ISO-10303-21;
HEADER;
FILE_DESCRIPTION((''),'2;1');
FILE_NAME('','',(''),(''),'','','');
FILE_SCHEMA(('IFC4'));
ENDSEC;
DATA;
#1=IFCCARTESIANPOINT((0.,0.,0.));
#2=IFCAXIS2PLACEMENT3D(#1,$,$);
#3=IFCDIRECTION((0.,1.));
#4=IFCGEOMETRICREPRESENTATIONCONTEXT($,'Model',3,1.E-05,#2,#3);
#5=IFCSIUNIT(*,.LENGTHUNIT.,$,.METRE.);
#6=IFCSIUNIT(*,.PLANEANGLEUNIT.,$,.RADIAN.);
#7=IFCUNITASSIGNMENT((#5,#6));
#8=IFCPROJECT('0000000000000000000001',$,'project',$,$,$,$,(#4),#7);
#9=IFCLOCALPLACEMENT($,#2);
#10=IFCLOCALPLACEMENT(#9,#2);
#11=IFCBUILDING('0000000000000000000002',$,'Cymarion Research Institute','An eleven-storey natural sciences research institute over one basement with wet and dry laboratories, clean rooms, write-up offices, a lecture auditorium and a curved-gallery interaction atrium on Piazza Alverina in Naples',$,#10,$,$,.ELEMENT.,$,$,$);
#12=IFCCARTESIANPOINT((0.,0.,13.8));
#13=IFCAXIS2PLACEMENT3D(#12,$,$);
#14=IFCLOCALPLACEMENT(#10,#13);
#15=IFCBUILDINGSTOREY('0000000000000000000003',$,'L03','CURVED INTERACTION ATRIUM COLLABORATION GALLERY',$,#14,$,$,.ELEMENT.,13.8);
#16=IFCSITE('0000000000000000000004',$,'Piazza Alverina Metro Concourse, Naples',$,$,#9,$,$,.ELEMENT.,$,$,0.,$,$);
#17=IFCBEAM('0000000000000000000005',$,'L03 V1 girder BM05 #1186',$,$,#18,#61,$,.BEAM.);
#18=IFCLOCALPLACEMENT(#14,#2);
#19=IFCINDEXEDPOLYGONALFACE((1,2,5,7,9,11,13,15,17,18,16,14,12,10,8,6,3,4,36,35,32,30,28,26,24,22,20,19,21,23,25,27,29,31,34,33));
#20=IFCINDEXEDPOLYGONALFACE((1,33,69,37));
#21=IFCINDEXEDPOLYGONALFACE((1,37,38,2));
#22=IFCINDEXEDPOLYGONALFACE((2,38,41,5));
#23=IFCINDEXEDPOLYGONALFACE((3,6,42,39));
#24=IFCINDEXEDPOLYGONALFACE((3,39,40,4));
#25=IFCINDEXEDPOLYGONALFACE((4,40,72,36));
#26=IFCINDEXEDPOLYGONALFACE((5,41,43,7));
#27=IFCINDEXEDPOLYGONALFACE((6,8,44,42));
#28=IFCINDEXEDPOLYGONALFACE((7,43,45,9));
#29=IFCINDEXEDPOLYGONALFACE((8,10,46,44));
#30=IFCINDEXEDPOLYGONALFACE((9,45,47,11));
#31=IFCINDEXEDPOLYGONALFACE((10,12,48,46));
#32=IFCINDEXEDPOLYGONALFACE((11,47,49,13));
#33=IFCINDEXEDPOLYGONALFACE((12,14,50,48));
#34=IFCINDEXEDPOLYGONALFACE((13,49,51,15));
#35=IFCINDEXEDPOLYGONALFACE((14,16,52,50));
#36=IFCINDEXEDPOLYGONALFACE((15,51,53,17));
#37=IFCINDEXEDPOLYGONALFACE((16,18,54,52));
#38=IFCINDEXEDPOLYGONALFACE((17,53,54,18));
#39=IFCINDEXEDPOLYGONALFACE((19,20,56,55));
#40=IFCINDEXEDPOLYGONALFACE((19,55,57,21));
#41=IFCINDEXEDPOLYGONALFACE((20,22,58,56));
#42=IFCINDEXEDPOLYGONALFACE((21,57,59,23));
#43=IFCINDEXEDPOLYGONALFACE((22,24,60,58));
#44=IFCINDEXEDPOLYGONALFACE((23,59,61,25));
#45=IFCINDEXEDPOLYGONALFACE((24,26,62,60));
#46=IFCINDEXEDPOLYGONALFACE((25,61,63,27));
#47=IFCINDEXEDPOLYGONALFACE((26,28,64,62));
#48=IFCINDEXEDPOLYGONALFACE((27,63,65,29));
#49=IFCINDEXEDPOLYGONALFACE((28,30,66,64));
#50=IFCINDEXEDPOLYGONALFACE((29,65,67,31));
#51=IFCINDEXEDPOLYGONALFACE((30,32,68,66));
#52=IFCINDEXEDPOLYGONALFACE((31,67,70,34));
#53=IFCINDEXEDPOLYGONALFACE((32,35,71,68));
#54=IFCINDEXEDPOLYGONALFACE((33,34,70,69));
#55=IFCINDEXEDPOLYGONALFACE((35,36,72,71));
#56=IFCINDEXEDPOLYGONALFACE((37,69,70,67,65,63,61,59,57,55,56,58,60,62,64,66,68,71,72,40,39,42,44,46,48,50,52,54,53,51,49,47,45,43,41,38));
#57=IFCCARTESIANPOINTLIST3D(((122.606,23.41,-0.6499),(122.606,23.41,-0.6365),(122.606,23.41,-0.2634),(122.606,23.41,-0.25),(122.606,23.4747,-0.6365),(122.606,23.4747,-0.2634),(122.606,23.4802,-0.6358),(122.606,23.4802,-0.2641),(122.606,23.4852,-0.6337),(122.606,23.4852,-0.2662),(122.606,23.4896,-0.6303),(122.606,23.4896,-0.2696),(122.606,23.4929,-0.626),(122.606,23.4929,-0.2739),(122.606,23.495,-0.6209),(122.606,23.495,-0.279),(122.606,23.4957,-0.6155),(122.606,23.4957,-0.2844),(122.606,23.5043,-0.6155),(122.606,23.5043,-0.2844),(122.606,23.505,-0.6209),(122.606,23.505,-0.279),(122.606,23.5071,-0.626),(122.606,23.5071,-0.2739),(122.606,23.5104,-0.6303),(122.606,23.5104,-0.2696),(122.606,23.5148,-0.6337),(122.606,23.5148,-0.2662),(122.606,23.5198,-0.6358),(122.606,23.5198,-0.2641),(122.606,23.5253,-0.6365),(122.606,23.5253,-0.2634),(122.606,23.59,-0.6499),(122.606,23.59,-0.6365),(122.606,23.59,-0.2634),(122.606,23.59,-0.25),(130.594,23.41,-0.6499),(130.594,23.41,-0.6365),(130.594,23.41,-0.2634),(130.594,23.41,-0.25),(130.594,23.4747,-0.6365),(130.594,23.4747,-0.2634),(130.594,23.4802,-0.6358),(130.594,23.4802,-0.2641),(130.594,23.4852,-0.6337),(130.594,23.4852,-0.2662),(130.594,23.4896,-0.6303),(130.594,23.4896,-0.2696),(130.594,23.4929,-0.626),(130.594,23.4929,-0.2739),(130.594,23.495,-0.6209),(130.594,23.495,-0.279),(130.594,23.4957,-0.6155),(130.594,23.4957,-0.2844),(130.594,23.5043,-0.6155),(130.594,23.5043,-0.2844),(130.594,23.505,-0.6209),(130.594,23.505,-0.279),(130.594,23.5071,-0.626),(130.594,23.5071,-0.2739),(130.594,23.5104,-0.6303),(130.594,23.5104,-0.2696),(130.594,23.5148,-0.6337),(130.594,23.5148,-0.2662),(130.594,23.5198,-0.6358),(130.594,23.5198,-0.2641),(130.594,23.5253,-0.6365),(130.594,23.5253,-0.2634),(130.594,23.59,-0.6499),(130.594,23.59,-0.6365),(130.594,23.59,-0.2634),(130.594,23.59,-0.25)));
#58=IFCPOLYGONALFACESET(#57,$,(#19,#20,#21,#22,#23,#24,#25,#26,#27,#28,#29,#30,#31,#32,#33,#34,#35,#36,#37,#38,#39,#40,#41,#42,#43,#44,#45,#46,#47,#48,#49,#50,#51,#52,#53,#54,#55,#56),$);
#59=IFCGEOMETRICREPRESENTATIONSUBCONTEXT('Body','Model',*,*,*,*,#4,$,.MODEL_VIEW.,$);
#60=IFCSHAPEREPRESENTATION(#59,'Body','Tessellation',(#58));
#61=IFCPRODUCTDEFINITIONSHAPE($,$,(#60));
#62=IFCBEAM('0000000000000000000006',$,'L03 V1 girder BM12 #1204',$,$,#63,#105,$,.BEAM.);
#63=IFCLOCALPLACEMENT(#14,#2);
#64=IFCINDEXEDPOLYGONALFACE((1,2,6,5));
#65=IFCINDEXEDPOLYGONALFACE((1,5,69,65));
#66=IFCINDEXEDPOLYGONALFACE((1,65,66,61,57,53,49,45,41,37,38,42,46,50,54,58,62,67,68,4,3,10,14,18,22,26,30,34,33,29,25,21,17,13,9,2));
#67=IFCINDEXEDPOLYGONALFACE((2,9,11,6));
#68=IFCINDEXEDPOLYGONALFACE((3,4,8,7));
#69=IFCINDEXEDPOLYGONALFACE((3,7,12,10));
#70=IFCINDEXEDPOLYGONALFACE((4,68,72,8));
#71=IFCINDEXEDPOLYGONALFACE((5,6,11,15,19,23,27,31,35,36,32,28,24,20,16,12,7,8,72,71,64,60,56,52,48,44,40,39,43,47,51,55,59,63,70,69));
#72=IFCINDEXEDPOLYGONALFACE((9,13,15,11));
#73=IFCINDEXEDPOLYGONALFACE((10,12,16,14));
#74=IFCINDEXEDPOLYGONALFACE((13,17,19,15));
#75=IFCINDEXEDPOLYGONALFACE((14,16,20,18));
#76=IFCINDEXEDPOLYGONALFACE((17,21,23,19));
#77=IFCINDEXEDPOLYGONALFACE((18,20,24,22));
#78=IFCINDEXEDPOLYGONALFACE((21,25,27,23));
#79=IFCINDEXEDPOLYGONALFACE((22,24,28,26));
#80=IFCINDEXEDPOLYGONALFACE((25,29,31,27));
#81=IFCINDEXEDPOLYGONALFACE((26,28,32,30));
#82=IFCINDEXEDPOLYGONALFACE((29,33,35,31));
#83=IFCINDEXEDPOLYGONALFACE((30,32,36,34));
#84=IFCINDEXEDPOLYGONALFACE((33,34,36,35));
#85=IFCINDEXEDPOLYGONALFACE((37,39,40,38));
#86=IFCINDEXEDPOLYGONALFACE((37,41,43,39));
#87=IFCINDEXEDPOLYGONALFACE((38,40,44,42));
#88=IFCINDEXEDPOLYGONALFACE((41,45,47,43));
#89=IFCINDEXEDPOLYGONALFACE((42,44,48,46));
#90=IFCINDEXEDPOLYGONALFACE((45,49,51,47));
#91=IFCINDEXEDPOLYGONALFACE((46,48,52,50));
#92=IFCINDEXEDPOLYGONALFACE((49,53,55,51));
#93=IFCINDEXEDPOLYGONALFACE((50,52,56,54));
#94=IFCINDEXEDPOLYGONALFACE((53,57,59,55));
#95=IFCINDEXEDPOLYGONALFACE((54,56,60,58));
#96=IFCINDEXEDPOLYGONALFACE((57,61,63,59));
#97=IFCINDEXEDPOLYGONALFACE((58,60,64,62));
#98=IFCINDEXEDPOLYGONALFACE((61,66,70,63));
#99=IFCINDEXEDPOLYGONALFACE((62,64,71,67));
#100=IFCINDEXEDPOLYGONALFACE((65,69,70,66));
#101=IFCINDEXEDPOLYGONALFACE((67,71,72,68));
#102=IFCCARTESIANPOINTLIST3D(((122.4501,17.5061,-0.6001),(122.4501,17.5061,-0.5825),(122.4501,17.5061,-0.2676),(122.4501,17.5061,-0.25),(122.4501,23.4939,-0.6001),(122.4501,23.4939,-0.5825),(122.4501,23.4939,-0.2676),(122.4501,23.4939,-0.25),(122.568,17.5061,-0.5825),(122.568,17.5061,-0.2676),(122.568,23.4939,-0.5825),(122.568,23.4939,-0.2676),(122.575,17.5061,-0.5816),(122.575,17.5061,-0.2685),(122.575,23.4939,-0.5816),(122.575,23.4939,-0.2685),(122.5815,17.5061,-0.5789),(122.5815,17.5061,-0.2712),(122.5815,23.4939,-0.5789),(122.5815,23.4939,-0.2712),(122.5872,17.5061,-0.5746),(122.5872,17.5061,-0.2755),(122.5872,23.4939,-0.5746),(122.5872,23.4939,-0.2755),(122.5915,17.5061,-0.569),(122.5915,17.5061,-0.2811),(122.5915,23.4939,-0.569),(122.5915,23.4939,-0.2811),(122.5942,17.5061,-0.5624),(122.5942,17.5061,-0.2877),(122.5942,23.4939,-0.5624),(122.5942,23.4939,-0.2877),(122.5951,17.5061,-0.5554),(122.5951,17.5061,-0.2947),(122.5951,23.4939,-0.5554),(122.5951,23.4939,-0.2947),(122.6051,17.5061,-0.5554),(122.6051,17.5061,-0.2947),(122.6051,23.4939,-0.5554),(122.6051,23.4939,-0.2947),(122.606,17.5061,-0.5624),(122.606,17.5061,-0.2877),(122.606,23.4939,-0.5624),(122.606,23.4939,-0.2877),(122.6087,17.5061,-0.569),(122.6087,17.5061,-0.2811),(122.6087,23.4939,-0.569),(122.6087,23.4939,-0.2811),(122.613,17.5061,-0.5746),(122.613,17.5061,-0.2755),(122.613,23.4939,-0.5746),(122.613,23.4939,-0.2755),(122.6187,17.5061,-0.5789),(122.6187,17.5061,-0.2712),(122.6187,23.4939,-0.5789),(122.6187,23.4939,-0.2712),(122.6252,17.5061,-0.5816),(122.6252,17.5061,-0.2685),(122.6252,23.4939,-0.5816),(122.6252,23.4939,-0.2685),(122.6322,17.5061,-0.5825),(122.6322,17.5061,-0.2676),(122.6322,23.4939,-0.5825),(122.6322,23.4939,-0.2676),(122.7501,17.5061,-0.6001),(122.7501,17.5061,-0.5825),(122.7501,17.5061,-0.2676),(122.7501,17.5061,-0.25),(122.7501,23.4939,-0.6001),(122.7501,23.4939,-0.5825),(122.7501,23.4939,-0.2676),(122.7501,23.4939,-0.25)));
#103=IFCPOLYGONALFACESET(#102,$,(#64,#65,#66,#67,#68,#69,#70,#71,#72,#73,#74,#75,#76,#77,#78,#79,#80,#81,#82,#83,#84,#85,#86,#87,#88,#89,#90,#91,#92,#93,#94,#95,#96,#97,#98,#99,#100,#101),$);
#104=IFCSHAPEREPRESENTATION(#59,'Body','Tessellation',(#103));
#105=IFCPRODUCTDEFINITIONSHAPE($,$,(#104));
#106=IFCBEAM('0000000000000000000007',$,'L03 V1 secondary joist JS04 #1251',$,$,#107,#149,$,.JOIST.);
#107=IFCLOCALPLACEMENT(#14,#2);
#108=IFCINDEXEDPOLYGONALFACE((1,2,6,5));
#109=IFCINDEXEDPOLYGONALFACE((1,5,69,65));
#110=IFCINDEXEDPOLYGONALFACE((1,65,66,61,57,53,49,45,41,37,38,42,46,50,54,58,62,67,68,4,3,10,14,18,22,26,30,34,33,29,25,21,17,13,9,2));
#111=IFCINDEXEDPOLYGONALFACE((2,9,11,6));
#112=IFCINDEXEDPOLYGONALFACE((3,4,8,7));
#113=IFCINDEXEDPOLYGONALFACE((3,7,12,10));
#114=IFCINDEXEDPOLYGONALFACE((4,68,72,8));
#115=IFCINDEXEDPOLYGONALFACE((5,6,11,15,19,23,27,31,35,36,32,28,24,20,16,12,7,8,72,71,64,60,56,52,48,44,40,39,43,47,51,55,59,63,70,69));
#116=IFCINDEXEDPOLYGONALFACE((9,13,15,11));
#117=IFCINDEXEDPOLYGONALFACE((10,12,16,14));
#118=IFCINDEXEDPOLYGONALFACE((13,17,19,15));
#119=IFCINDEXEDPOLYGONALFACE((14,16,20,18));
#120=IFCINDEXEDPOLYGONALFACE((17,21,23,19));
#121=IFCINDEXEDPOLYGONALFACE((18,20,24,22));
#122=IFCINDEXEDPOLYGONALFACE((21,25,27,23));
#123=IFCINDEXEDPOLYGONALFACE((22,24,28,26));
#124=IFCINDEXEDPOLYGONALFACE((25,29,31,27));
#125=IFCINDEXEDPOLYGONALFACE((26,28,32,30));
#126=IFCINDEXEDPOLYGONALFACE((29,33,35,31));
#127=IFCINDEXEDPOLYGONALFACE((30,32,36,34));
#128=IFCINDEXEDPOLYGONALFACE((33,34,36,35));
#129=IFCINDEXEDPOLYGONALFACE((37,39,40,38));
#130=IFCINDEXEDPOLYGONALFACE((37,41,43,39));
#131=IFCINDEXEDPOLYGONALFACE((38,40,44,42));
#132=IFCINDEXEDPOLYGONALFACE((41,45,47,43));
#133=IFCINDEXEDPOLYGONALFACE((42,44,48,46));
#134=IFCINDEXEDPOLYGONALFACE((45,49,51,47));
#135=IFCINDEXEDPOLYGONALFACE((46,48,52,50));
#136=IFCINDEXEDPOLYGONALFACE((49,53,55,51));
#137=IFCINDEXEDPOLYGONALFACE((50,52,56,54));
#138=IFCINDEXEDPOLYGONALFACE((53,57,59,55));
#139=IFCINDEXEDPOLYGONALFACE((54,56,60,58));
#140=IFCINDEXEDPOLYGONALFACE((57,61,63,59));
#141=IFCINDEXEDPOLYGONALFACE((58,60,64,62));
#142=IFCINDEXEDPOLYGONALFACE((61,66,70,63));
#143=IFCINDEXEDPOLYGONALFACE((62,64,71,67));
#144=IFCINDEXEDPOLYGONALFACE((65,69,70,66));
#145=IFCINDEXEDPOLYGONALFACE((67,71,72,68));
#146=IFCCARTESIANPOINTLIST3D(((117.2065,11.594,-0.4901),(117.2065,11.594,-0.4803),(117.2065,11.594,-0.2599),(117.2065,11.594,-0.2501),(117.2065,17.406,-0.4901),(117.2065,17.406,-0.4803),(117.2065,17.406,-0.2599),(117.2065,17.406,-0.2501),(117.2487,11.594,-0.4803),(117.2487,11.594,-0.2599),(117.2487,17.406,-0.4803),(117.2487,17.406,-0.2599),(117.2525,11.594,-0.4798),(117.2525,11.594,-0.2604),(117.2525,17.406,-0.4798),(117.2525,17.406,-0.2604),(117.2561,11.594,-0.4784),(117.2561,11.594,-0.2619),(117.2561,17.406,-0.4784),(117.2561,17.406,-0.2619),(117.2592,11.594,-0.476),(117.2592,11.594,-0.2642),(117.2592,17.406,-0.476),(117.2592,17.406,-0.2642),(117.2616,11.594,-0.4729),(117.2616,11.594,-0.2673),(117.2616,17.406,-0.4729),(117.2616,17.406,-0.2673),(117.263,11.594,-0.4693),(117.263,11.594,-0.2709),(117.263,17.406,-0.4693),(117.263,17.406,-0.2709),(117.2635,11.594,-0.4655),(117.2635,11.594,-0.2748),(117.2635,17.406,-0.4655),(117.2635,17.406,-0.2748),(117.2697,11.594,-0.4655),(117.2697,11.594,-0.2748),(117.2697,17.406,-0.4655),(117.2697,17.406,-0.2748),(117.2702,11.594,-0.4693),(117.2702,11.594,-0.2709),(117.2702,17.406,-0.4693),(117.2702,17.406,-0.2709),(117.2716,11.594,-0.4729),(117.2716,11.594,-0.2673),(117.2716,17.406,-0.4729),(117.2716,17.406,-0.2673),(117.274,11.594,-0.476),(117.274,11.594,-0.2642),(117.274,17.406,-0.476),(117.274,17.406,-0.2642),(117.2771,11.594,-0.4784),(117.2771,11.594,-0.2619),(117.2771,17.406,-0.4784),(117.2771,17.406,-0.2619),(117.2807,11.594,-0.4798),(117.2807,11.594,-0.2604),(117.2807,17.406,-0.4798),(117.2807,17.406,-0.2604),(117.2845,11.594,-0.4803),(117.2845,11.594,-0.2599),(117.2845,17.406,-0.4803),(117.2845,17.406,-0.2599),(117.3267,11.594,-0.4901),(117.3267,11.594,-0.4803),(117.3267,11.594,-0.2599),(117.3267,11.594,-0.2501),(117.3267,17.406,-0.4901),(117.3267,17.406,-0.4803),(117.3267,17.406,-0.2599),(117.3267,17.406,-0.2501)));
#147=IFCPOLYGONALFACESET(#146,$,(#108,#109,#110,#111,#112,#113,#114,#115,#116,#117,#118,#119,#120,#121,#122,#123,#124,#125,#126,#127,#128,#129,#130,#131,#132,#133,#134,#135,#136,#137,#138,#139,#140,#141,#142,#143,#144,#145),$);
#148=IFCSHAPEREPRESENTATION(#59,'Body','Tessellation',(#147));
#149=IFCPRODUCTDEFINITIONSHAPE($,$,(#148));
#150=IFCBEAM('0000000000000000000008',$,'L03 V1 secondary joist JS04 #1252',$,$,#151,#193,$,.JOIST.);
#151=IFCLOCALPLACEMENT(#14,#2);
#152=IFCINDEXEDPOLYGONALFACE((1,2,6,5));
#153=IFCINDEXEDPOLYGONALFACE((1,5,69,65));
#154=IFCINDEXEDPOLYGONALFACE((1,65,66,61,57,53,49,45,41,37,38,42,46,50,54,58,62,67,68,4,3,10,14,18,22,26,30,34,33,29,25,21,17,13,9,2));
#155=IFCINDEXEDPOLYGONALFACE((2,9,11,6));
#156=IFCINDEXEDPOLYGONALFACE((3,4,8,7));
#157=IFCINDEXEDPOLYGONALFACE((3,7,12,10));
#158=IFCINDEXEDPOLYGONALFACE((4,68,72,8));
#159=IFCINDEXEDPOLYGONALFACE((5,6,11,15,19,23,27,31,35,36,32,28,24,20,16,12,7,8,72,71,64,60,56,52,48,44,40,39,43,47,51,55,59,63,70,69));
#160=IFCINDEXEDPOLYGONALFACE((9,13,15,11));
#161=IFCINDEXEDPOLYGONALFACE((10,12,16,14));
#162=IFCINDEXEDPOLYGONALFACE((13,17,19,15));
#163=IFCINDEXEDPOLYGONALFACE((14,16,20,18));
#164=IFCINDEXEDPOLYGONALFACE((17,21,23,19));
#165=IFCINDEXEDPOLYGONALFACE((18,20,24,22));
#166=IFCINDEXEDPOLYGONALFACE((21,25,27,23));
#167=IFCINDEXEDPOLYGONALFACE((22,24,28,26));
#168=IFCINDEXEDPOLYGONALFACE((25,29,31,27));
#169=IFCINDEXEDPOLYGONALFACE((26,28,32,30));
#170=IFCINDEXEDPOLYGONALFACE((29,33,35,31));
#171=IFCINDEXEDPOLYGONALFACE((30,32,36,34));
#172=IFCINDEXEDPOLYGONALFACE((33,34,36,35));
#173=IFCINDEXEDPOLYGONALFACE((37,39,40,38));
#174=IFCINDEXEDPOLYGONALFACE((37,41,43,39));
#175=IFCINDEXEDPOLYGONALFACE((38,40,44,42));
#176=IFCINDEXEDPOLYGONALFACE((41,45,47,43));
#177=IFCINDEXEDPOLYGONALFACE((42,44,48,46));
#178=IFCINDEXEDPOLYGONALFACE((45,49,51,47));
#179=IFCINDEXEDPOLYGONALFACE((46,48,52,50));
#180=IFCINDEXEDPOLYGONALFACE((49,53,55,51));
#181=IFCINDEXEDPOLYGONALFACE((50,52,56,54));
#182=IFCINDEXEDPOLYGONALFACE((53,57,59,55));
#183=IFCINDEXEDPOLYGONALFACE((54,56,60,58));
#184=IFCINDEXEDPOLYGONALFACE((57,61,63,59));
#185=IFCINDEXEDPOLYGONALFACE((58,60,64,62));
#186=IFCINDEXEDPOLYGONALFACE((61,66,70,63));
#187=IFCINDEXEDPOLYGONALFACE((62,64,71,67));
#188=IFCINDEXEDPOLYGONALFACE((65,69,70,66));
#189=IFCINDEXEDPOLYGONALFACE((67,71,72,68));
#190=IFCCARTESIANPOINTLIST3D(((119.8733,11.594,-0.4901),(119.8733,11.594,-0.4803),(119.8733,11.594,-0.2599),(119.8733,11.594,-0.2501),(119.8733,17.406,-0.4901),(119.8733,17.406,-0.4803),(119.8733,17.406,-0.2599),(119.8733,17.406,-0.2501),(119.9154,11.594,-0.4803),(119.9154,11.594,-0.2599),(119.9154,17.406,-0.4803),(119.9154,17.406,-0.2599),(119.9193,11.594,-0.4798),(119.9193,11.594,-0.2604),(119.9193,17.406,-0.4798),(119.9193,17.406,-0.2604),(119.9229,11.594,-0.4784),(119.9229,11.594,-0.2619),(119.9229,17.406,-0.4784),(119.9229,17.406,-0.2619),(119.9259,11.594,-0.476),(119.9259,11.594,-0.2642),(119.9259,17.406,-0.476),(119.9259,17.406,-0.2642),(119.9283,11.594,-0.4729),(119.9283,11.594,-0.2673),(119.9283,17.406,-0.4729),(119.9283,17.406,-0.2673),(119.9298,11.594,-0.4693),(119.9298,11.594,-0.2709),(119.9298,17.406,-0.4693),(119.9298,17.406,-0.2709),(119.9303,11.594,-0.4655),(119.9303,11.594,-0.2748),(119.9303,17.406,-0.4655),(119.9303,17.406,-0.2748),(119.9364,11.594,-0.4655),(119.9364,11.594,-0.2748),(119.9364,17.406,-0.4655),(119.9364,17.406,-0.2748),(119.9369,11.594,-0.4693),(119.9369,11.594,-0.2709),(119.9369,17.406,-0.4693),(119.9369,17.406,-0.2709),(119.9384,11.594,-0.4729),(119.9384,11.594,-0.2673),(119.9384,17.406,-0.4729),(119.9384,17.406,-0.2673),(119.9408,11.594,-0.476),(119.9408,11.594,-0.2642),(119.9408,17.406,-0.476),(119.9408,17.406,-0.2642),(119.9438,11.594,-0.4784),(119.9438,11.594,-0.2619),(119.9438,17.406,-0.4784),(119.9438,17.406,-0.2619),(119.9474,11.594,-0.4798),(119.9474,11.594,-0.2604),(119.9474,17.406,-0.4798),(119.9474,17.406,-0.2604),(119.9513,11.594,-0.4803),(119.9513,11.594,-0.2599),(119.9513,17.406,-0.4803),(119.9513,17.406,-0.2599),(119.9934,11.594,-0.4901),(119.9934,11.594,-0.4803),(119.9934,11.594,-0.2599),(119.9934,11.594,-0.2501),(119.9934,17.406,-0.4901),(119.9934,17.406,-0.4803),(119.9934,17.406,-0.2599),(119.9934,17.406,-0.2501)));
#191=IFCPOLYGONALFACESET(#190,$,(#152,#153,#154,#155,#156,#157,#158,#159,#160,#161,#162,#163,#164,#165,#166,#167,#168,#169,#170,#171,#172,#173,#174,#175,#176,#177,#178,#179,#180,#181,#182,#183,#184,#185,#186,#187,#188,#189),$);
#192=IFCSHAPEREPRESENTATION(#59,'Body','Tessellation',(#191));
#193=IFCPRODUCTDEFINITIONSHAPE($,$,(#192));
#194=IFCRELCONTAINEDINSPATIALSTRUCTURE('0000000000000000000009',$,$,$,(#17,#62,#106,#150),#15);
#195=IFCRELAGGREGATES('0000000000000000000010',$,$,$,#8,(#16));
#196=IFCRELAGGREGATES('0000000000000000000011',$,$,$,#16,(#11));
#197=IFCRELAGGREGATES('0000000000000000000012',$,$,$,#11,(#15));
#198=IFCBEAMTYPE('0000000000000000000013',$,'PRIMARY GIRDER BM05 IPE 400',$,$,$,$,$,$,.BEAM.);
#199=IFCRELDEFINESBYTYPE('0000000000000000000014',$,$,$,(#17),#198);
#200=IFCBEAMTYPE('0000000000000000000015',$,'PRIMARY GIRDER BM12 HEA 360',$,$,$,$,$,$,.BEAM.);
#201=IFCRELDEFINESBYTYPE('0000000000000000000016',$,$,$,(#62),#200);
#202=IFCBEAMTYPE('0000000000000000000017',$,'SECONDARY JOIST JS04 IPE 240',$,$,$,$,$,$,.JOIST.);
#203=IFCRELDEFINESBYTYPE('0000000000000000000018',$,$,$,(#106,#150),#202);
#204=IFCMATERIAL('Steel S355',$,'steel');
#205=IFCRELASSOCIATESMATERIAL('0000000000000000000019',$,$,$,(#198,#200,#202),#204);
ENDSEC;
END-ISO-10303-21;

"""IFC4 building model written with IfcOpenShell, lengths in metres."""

from ifc_helpers import new_model, si_unit, direction, frame, origin, origin_2d, place, context, subcontext, project, spatial, i_section, extrude, material, material_profile, profile_set, type_object, element, save


model = new_model("IFC4")

# Units and contexts
model_context = context("Model", 3, precision=1e-05, world=origin(), true_north=direction((0.0, 1.0)))
body_context = subcontext(model_context, "Body", "Model", "MODEL_VIEW")
ifc_project = project(units=[si_unit("LENGTHUNIT", "METRE"), si_unit("PLANEANGLEUNIT", "RADIAN")], contexts=[model_context])

# Site, building, storey
site_placement = place(None, origin())
site = spatial("IfcSite", under=ifc_project, at=site_placement, Name="Piazza Alverina Metro Concourse, Naples", CompositionType="ELEMENT", RefElevation=0.0)
building_placement = place(site_placement, origin())
building = spatial("IfcBuilding", under=site, at=building_placement, Name="Cymarion Research Institute", Description="An eleven-storey natural sciences research institute over one basement with wet and dry laboratories, clean rooms, write-up offices, a lecture auditorium and a curved-gallery interaction atrium on Piazza Alverina in Naples", CompositionType="ELEMENT")
storey_placement = place(building_placement, frame((0.0, 0.0, 13.8)))
storey = spatial("IfcBuildingStorey", under=building, at=storey_placement, Name="L03", Description="CURVED INTERACTION ATRIUM COLLABORATION GALLERY", CompositionType="ELEMENT", Elevation=13.8)

# Shared definitions
ifc_material_1 = material(Name="Steel S355", Category="steel")

# Beams
ifc_material_profile_1 = material_profile(ifc_material_1, i_section(OverallWidth=0.1799, OverallDepth=0.3999, WebThickness=0.0085, FlangeThickness=0.0134, FilletRadius=0.021, at=origin_2d()), Name="IPE 400")
ifc_profile_set_1 = profile_set([ifc_material_profile_1], Name="Steel S355")
beam_type_1 = type_object("IfcBeamType", Name="PRIMARY GIRDER BM05 IPE 400", PredefinedType="BEAM", material=ifc_profile_set_1)
for number, where, z_axis, x_axis, name in (
    (1, (122.606, 23.5, -0.45), (1.0, 0.0, 0.0), (0.0, 1.0, 0.0), "L03 V1 girder BM05 #1186"),
):
    element("IfcBeam", number, at=place(storey_placement, frame(where, z_axis=z_axis, x_axis=x_axis)), inside=storey, type_object=beam_type_1, Name=name, PredefinedType="BEAM", context=body_context, shape_type="SweptSolid", body=[
        extrude(i_section(OverallWidth=0.1799, OverallDepth=0.3999, WebThickness=0.0085, FlangeThickness=0.0134, FilletRadius=0.021, at=origin_2d()), origin(), (0.0, 0.0, 1.0), 7.988),
    ])
ifc_material_profile_2 = material_profile(ifc_material_1, i_section(OverallWidth=0.3, OverallDepth=0.3501, WebThickness=0.01, FlangeThickness=0.0176, FilletRadius=0.0271, at=origin_2d()), Name="HEA 360")
ifc_profile_set_2 = profile_set([ifc_material_profile_2], Name="Steel S355")
beam_type_2 = type_object("IfcBeamType", Name="PRIMARY GIRDER BM12 HEA 360", PredefinedType="BEAM", material=ifc_profile_set_2)
beam_placement = place(storey_placement, frame((122.6001, 17.5061, -0.425), z_axis=(0.0, 1.0, 0.0), x_axis=(-1.0, 0.0, 0.0)))
element("IfcBeam", 2, at=beam_placement, inside=storey, type_object=beam_type_2, Name="L03 V1 girder BM12 #1204", PredefinedType="BEAM", context=body_context, shape_type="SweptSolid", body=[
    extrude(i_section(OverallWidth=0.3, OverallDepth=0.3501, WebThickness=0.01, FlangeThickness=0.0176, FilletRadius=0.0271, at=origin_2d()), origin(), (0.0, 0.0, 1.0), 5.9878),
])
ifc_material_profile_3 = material_profile(ifc_material_1, i_section(OverallWidth=0.1201, OverallDepth=0.24, WebThickness=0.0061, FlangeThickness=0.0098, FilletRadius=0.0149, at=origin_2d()), Name="IPE 240")
ifc_profile_set_3 = profile_set([ifc_material_profile_3], Name="Steel S355")
beam_type_3 = type_object("IfcBeamType", Name="SECONDARY JOIST JS04 IPE 240", PredefinedType="JOIST", material=ifc_profile_set_3)
for number, where, z_axis, x_axis, name in (
    (3, (117.2666, 11.594, -0.3701), (0.0, 1.0, 0.0), (-1.0, 0.0, 0.0), "L03 V1 secondary joist JS04 #1251"),
    (4, (119.9333, 11.594, -0.3701), (0.0, 1.0, 0.0), (-1.0, 0.0, 0.0), "L03 V1 secondary joist JS04 #1252"),
):
    element("IfcBeam", number, at=place(storey_placement, frame(where, z_axis=z_axis, x_axis=x_axis)), inside=storey, type_object=beam_type_3, Name=name, PredefinedType="JOIST", context=body_context, shape_type="SweptSolid", body=[
        extrude(i_section(OverallWidth=0.1201, OverallDepth=0.24, WebThickness=0.0061, FlangeThickness=0.0098, FilletRadius=0.0149, at=origin_2d()), origin(), (0.0, 0.0, 1.0), 5.812),
    ])

save(model, "model.ifc")
